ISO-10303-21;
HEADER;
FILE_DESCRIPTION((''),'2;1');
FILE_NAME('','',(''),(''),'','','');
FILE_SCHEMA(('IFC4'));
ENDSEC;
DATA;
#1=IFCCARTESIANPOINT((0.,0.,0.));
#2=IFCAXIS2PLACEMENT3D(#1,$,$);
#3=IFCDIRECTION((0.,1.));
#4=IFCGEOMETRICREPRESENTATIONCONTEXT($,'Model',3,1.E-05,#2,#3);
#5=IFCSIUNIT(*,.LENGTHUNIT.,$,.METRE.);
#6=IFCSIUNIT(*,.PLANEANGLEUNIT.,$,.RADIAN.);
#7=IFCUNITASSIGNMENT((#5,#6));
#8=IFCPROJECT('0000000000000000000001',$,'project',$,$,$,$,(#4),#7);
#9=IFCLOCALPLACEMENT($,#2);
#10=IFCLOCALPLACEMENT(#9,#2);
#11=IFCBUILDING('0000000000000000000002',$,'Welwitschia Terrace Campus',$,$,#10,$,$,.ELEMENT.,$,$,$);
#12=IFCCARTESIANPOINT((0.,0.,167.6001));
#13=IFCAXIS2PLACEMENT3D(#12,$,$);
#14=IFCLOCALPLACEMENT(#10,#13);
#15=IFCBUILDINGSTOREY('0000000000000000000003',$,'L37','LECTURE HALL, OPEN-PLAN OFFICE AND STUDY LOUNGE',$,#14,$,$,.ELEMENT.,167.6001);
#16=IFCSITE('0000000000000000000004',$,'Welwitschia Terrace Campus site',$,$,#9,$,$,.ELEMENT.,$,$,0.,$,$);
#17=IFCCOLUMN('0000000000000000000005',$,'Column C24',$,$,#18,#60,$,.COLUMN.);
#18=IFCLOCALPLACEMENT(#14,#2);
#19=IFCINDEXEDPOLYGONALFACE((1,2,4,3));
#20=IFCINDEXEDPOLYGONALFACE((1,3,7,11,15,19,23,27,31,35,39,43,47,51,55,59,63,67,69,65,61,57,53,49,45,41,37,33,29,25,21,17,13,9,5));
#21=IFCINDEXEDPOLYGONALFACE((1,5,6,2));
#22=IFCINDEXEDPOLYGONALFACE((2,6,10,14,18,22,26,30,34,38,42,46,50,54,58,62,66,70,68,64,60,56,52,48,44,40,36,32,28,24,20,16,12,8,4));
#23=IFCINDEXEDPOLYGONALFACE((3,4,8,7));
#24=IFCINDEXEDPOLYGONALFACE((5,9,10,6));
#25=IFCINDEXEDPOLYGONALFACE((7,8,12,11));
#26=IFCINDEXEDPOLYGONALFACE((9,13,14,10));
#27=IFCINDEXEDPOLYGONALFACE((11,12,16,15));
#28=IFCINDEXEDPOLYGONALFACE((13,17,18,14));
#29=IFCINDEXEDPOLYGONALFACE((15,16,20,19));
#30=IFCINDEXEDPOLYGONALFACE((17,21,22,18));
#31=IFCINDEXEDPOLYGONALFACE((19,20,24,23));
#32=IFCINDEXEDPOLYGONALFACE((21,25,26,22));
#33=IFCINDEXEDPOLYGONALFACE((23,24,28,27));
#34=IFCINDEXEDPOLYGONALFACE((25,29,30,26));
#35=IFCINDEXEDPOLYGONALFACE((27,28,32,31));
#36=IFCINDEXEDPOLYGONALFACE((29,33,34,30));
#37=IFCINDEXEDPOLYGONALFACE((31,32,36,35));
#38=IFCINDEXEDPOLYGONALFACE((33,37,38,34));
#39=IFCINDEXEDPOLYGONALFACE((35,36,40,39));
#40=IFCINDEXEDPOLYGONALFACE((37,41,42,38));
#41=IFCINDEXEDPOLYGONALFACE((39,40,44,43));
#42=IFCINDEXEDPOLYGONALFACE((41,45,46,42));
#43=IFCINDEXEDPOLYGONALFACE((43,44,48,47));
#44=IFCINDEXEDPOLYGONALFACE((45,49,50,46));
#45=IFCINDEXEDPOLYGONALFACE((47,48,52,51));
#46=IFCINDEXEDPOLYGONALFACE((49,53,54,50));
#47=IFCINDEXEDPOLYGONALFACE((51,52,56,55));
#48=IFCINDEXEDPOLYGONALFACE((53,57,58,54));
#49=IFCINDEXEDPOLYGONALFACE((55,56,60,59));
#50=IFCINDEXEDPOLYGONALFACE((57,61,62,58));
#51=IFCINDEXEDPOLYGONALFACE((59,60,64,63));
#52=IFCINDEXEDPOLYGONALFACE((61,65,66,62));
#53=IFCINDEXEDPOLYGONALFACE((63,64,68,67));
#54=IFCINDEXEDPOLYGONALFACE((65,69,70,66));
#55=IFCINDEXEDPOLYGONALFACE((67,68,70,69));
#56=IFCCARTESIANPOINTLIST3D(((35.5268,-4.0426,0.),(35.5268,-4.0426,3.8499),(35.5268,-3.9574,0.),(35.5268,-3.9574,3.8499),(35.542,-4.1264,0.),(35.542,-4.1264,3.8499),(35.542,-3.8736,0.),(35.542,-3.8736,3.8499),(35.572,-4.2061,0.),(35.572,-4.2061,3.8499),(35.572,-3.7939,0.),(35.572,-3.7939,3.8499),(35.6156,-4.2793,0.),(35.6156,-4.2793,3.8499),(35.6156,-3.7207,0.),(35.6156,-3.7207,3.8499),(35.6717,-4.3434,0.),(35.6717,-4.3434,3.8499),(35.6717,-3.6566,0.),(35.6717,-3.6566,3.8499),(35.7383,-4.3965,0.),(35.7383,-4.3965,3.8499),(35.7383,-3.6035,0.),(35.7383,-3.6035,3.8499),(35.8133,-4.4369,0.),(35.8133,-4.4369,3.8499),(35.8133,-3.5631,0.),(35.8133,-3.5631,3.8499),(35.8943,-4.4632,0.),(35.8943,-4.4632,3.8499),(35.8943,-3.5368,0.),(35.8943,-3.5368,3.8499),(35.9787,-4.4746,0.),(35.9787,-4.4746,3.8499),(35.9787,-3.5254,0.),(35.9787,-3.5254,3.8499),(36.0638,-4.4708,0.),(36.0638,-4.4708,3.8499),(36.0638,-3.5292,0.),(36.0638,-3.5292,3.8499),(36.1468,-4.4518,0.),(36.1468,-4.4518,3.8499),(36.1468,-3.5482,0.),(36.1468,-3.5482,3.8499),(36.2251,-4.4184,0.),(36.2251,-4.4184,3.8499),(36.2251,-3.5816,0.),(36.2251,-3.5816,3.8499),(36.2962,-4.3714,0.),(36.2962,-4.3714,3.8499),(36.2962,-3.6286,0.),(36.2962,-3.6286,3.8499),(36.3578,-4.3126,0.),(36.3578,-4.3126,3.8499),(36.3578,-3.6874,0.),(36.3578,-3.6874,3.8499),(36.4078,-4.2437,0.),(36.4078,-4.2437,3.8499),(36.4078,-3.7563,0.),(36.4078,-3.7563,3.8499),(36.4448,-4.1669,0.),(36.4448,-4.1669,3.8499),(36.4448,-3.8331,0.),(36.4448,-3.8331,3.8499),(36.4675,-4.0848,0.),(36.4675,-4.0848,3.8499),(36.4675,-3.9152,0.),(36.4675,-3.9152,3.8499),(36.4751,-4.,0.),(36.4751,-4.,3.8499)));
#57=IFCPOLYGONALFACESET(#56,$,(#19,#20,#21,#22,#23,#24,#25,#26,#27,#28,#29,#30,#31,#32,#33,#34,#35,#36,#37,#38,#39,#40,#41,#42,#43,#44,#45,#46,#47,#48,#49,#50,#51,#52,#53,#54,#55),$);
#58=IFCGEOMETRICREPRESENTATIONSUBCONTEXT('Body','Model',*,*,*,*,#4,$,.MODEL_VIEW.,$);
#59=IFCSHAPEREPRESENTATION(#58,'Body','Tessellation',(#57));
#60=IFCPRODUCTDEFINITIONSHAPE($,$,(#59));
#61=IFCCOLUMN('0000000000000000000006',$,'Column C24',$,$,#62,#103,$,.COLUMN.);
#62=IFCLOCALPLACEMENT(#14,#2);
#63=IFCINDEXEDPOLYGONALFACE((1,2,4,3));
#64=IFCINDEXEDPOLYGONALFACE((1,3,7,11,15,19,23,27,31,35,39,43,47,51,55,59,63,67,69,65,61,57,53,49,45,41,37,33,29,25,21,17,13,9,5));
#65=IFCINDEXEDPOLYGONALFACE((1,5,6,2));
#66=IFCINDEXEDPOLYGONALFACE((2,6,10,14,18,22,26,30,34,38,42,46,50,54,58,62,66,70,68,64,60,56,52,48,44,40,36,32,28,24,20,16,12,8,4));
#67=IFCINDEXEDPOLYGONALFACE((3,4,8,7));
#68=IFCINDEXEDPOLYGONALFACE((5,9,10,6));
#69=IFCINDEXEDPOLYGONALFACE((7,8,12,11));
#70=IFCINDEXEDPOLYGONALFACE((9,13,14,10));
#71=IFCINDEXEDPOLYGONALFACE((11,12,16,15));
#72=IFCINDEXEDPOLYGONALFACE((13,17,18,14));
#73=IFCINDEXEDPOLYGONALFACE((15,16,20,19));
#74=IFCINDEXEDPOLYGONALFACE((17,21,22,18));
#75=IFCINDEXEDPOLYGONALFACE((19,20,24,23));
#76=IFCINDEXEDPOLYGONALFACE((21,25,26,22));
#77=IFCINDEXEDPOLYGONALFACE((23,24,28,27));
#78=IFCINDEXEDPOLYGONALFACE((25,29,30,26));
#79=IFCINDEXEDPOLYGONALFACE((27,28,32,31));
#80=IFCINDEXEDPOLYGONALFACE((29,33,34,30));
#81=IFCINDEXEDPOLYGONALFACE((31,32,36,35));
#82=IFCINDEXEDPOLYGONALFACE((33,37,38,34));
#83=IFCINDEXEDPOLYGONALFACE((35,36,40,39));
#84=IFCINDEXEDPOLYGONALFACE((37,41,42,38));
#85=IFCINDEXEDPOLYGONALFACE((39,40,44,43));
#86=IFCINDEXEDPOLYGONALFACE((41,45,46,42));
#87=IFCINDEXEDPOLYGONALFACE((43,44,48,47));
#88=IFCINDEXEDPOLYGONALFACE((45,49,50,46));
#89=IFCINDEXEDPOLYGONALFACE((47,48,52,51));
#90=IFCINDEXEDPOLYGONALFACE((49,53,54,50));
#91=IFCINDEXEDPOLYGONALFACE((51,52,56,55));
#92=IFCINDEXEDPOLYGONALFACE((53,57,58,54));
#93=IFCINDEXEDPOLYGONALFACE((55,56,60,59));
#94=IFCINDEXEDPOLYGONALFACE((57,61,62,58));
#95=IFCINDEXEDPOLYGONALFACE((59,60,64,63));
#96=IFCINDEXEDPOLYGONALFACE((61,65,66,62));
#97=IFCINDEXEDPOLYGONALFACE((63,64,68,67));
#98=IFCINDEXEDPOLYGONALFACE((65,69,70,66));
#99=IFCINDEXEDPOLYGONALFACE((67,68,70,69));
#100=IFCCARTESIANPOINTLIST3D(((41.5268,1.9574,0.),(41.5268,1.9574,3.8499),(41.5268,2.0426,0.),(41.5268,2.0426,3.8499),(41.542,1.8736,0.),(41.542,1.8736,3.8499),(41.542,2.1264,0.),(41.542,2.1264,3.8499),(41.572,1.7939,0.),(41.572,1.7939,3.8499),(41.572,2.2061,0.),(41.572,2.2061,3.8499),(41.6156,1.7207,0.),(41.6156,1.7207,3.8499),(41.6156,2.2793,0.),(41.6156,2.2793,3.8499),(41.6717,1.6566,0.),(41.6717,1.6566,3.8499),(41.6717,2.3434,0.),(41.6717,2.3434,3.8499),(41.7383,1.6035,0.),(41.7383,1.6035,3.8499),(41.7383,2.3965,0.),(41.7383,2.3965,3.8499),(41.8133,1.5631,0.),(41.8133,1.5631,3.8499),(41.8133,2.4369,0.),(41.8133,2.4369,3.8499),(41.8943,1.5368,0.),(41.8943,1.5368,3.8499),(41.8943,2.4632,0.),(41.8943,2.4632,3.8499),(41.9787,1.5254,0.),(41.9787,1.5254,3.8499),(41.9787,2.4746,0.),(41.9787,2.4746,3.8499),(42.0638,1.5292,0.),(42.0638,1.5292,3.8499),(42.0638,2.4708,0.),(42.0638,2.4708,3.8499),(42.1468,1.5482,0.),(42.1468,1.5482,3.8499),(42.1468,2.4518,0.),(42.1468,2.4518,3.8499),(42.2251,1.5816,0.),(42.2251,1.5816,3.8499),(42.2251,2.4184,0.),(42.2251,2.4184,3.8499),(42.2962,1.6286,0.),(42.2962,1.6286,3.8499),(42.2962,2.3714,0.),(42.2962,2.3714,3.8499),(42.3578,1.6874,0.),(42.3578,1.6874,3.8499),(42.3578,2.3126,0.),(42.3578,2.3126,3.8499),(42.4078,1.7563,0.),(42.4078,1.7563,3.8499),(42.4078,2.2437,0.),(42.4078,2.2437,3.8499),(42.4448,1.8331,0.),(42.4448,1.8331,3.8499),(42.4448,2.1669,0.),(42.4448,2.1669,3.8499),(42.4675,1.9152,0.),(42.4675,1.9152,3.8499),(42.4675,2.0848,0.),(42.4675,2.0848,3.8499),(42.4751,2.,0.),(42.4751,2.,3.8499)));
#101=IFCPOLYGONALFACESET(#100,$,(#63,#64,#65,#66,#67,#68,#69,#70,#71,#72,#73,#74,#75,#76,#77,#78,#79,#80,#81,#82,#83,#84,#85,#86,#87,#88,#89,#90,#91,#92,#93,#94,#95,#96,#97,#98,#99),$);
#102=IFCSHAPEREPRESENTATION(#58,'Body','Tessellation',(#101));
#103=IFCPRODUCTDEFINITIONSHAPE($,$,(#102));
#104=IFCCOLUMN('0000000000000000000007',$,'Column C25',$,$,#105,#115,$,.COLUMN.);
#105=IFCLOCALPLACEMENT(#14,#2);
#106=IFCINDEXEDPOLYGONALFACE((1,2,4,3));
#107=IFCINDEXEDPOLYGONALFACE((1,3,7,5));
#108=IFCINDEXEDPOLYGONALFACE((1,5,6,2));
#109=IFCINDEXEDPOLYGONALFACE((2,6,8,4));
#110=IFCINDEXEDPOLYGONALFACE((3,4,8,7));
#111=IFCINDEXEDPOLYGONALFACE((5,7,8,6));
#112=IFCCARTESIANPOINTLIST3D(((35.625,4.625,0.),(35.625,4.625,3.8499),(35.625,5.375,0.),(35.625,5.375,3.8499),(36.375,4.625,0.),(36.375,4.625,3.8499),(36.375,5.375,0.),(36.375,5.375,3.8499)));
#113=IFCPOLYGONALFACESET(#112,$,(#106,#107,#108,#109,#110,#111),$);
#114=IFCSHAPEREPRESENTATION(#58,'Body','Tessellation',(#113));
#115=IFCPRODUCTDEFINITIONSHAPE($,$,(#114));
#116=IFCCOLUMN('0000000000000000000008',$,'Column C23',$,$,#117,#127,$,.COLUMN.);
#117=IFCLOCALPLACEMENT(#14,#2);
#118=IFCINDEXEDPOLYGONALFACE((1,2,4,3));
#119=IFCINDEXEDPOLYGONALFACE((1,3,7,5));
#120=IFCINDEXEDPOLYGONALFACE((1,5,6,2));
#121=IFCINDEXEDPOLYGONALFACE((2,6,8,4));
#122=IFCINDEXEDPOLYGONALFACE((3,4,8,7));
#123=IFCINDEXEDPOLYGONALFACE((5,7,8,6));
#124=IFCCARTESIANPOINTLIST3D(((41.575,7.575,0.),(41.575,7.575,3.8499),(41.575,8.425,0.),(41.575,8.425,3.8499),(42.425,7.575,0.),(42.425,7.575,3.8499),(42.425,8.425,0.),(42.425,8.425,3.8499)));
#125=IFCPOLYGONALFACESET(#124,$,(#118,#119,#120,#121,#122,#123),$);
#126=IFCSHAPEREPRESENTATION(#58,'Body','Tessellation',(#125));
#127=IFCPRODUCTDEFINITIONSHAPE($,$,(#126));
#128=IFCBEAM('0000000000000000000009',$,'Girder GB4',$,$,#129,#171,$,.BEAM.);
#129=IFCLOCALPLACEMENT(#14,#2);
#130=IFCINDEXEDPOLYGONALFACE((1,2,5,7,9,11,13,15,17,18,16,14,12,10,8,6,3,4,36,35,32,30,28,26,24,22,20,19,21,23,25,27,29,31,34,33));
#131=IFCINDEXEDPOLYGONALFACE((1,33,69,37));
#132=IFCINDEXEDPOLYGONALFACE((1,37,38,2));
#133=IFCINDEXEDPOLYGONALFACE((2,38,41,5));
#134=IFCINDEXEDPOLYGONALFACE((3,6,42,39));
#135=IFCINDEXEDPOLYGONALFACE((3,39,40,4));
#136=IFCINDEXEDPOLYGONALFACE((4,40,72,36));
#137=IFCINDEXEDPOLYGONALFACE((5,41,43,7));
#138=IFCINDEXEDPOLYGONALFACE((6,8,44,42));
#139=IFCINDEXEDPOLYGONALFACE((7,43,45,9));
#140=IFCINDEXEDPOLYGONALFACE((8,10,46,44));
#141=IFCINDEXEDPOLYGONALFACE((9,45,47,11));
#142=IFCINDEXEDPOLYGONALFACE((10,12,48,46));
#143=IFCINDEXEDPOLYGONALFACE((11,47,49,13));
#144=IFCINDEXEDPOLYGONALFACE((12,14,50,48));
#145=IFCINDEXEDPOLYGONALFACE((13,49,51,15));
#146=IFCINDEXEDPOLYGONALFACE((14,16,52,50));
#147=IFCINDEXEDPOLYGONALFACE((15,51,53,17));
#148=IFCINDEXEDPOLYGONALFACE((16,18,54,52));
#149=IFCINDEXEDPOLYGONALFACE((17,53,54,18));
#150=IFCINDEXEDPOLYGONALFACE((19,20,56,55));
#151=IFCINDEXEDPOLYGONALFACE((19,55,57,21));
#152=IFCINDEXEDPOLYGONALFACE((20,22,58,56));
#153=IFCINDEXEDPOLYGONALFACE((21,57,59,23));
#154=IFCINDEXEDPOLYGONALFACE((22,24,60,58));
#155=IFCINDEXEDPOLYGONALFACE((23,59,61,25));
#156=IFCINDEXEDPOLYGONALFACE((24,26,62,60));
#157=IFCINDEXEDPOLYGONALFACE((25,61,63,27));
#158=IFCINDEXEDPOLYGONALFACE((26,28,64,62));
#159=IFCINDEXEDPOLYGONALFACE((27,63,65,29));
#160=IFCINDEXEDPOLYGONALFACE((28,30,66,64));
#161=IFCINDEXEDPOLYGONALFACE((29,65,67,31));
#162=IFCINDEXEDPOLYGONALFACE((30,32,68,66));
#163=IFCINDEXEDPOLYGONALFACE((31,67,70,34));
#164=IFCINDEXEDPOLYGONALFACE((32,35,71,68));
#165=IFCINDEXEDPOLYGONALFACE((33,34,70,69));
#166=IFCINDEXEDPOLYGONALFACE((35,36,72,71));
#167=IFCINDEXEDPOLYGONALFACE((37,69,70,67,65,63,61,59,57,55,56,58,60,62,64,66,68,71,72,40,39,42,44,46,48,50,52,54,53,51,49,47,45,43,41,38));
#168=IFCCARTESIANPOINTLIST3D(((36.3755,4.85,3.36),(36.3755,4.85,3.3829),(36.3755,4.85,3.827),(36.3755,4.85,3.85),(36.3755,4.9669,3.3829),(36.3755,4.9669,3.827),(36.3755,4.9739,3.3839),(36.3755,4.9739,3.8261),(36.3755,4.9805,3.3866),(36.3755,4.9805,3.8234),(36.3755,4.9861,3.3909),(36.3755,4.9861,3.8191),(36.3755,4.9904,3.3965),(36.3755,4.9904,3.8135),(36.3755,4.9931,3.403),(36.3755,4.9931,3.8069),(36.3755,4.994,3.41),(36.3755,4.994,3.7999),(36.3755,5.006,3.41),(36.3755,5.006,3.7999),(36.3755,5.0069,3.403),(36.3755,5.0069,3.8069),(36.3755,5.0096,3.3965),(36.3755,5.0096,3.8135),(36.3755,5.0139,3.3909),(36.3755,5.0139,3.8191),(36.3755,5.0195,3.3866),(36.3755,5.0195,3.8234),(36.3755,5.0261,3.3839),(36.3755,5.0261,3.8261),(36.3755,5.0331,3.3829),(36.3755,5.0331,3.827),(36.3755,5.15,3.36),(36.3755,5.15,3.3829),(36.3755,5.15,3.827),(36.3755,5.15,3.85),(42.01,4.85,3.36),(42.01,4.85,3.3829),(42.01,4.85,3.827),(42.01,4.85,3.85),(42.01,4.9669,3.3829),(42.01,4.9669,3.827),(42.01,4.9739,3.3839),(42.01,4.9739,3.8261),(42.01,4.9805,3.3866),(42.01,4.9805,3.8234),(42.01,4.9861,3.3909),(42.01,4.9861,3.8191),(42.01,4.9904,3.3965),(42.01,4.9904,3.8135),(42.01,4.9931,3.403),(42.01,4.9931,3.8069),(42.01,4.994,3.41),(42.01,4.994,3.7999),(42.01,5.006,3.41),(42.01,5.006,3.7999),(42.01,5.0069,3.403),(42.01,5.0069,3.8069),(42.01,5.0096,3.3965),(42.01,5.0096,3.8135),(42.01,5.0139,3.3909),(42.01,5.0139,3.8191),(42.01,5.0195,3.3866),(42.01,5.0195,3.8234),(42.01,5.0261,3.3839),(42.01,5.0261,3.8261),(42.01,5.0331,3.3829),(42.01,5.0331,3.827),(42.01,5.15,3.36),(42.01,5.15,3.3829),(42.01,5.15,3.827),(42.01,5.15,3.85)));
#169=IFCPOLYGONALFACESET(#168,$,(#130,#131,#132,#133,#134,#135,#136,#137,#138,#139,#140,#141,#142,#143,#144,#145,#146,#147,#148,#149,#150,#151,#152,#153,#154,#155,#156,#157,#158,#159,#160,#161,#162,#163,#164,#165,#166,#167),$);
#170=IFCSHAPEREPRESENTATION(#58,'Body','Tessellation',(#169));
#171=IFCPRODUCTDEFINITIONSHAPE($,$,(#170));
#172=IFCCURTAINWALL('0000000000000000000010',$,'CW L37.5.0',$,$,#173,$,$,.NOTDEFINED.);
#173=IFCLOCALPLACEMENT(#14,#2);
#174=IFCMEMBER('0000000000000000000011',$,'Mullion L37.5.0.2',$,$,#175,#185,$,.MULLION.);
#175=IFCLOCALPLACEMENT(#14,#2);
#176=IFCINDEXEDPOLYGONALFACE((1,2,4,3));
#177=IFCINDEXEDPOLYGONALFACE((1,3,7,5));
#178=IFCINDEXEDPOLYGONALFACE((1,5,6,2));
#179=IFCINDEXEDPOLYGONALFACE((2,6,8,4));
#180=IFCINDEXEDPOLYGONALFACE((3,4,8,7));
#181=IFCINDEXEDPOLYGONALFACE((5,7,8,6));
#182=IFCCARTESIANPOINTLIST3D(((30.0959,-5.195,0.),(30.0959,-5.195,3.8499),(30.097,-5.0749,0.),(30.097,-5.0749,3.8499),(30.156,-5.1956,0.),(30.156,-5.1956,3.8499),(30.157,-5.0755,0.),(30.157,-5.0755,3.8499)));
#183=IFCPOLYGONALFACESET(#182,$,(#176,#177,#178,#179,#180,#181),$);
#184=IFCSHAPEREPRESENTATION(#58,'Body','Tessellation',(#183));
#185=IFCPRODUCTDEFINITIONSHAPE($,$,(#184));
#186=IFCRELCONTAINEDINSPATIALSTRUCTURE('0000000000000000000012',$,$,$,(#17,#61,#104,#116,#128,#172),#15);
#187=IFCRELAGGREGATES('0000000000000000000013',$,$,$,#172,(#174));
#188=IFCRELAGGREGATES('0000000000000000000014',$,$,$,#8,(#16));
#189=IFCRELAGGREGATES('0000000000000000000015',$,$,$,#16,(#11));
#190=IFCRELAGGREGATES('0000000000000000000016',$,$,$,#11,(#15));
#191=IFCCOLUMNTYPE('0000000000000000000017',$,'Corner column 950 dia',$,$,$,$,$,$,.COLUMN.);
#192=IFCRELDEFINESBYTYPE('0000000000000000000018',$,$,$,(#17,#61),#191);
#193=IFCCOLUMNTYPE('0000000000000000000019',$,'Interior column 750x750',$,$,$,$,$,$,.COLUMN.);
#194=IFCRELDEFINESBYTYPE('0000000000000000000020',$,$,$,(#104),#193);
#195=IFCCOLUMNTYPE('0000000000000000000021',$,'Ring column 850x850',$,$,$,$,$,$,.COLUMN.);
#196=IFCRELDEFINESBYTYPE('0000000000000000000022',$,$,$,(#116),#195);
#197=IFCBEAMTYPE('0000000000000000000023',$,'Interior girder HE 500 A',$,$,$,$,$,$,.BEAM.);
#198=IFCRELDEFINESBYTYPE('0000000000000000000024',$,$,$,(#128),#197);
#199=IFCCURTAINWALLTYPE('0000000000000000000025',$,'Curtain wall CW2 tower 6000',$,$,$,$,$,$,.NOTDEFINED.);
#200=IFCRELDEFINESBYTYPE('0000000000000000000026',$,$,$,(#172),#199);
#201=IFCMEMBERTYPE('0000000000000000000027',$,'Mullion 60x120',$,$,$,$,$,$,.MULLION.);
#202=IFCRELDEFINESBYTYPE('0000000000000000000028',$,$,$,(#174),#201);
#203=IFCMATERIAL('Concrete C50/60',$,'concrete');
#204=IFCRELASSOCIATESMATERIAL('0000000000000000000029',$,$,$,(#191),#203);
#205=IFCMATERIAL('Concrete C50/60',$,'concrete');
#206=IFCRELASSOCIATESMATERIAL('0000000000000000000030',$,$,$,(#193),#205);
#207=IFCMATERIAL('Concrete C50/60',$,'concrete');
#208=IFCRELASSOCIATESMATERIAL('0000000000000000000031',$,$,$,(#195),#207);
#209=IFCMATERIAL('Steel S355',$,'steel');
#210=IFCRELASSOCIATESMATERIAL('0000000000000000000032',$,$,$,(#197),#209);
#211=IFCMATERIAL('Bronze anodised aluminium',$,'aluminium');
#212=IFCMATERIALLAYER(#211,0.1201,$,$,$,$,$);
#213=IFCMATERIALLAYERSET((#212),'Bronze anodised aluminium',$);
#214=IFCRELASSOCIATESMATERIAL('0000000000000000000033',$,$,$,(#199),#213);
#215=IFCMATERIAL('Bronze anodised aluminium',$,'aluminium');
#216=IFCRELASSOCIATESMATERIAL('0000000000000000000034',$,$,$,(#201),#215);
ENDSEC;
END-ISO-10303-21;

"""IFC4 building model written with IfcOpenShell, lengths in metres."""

from ifc_helpers import new_model, si_unit, direction, frame, origin, origin_2d, place, context, subcontext, project, spatial, rectangle, circle, i_section, extrude, material, layer, layer_set, material_profile, profile_set, type_object, element, aggregate, save


model = new_model("IFC4")

# Units and contexts
model_context = context("Model", 3, precision=1e-05, world=origin(), true_north=direction((0.0, 1.0)))
body_context = subcontext(model_context, "Body", "Model", "MODEL_VIEW")
ifc_project = project(units=[si_unit("LENGTHUNIT", "METRE"), si_unit("PLANEANGLEUNIT", "RADIAN")], contexts=[model_context])

# Site, building, storey
site_placement = place(None, origin())
site = spatial("IfcSite", under=ifc_project, at=site_placement, Name="Welwitschia Terrace Campus site", CompositionType="ELEMENT", RefElevation=0.0)
building_placement = place(site_placement, origin())
building = spatial("IfcBuilding", under=site, at=building_placement, Name="Welwitschia Terrace Campus", CompositionType="ELEMENT")
storey_placement = place(building_placement, frame((0.0, 0.0, 167.6001)))
storey = spatial("IfcBuildingStorey", under=building, at=storey_placement, Name="L37", Description="LECTURE HALL, OPEN-PLAN OFFICE AND STUDY LOUNGE", CompositionType="ELEMENT", Elevation=167.6001)

# Columns
ifc_material_1 = material(Name="Concrete C50/60", Category="concrete")
ifc_material_profile_1 = material_profile(ifc_material_1, circle(Radius=0.4751, at=origin_2d()))
ifc_profile_set_1 = profile_set([ifc_material_profile_1], Name="Concrete C50/60")
column_type_1 = type_object("IfcColumnType", Name="Corner column 950 dia", PredefinedType="COLUMN", material=ifc_profile_set_1)
for number, where, z_axis, x_axis, name in (
    (1, (36.0, -4.0, 0.0), (0.0, 0.0, 1.0), (1.0, 0.0, 0.0), "Column C24"),
    (2, (42.0, 2.0, 0.0), (0.0, 0.0, 1.0), (1.0, 0.0, 0.0), "Column C24"),
):
    element("IfcColumn", number, at=place(storey_placement, frame(where, z_axis=z_axis, x_axis=x_axis)), inside=storey, type_object=column_type_1, Name=name, PredefinedType="COLUMN", context=body_context, shape_type="SweptSolid", body=[
        extrude(circle(Radius=0.4751, at=origin_2d()), origin(), (0.0, 0.0, 1.0), 3.8499),
    ])
ifc_material_2 = material(Name="Concrete C50/60", Category="concrete")
ifc_material_profile_2 = material_profile(ifc_material_2, rectangle(XDim=0.75, YDim=0.75, at=origin_2d()))
ifc_profile_set_2 = profile_set([ifc_material_profile_2], Name="Concrete C50/60")
column_type_2 = type_object("IfcColumnType", Name="Interior column 750x750", PredefinedType="COLUMN", material=ifc_profile_set_2)
column_1_placement = place(storey_placement, frame((36.0, 5.0, 0.0), z_axis=(0.0, 0.0, 1.0), x_axis=(1.0, 0.0, 0.0)))
element("IfcColumn", 3, at=column_1_placement, inside=storey, type_object=column_type_2, Name="Column C25", PredefinedType="COLUMN", context=body_context, shape_type="SweptSolid", body=[
    extrude(rectangle(XDim=0.75, YDim=0.75, at=origin_2d()), origin(), (0.0, 0.0, 1.0), 3.8499),
])
ifc_material_3 = material(Name="Concrete C50/60", Category="concrete")
ifc_material_profile_3 = material_profile(ifc_material_3, rectangle(XDim=0.8501, YDim=0.8501, at=origin_2d()))
ifc_profile_set_3 = profile_set([ifc_material_profile_3], Name="Concrete C50/60")
column_type_3 = type_object("IfcColumnType", Name="Ring column 850x850", PredefinedType="COLUMN", material=ifc_profile_set_3)
column_2_placement = place(storey_placement, frame((42.0, 8.0, 0.0), z_axis=(0.0, 0.0, 1.0), x_axis=(1.0, 0.0, 0.0)))
element("IfcColumn", 4, at=column_2_placement, inside=storey, type_object=column_type_3, Name="Column C23", PredefinedType="COLUMN", context=body_context, shape_type="SweptSolid", body=[
    extrude(rectangle(XDim=0.8501, YDim=0.8501, at=origin_2d()), origin(), (0.0, 0.0, 1.0), 3.8499),
])

# Beam
ifc_material_4 = material(Name="Steel S355", Category="steel")
ifc_material_profile_4 = material_profile(ifc_material_4, i_section(OverallWidth=0.3, OverallDepth=0.49, WebThickness=0.012, FlangeThickness=0.0229, FilletRadius=0.0271, at=origin_2d()))
ifc_profile_set_4 = profile_set([ifc_material_profile_4], Name="Steel S355")
beam_type_1 = type_object("IfcBeamType", Name="Interior girder HE 500 A", PredefinedType="BEAM", material=ifc_profile_set_4)
beam_1_placement = place(storey_placement, frame((36.3755, 5.0, 3.605), z_axis=(1.0, 0.0, 0.0), x_axis=(0.0, 1.0, 0.0)))
element("IfcBeam", 5, at=beam_1_placement, inside=storey, type_object=beam_type_1, Name="Girder GB4", PredefinedType="BEAM", context=body_context, shape_type="SweptSolid", body=[
    extrude(i_section(OverallWidth=0.3, OverallDepth=0.49, WebThickness=0.012, FlangeThickness=0.0229, FilletRadius=0.0271, at=origin_2d()), origin(), (0.0, 0.0, 1.0), 5.6345),
])

# Curtain wall, member
ifc_material_5 = material(Name="Bronze anodised aluminium", Category="aluminium")
ifc_layer_1 = layer(ifc_material_5, 0.1201)
ifc_layer_set_1 = layer_set([ifc_layer_1], Name="Bronze anodised aluminium")
curtain_wall_type = type_object("IfcCurtainWallType", Name="Curtain wall CW2 tower 6000", PredefinedType="NOTDEFINED", material=ifc_layer_set_1)
curtain_wall_1_placement = place(storey_placement, origin())
curtain_wall_1 = element("IfcCurtainWall", 6, at=curtain_wall_1_placement, inside=storey, type_object=curtain_wall_type, Name="CW L37.5.0", PredefinedType="NOTDEFINED")
ifc_material_6 = material(Name="Bronze anodised aluminium", Category="aluminium")
ifc_material_profile_5 = material_profile(ifc_material_6, rectangle(XDim=0.1201, YDim=0.0601, at=origin_2d()))
ifc_profile_set_5 = profile_set([ifc_material_profile_5], Name="Bronze anodised aluminium")
member_type_1 = type_object("IfcMemberType", Name="Mullion 60x120", PredefinedType="MULLION", material=ifc_profile_set_5)
member_1_placement = place(storey_placement, frame((30.1265, -5.1353, 0.0), z_axis=(0.0, 0.0, 1.0), x_axis=(0.008727, 0.999962, 0.0)))
member_1 = element("IfcMember", 7, at=member_1_placement, type_object=member_type_1, Name="Mullion L37.5.0.2", PredefinedType="MULLION", context=body_context, shape_type="SweptSolid", body=[
    extrude(rectangle(XDim=0.1201, YDim=0.0601, at=origin_2d()), origin(), (0.0, 0.0, 1.0), 3.8499),
])

aggregate(curtain_wall_1, [member_1])

save(model, "model.ifc")
